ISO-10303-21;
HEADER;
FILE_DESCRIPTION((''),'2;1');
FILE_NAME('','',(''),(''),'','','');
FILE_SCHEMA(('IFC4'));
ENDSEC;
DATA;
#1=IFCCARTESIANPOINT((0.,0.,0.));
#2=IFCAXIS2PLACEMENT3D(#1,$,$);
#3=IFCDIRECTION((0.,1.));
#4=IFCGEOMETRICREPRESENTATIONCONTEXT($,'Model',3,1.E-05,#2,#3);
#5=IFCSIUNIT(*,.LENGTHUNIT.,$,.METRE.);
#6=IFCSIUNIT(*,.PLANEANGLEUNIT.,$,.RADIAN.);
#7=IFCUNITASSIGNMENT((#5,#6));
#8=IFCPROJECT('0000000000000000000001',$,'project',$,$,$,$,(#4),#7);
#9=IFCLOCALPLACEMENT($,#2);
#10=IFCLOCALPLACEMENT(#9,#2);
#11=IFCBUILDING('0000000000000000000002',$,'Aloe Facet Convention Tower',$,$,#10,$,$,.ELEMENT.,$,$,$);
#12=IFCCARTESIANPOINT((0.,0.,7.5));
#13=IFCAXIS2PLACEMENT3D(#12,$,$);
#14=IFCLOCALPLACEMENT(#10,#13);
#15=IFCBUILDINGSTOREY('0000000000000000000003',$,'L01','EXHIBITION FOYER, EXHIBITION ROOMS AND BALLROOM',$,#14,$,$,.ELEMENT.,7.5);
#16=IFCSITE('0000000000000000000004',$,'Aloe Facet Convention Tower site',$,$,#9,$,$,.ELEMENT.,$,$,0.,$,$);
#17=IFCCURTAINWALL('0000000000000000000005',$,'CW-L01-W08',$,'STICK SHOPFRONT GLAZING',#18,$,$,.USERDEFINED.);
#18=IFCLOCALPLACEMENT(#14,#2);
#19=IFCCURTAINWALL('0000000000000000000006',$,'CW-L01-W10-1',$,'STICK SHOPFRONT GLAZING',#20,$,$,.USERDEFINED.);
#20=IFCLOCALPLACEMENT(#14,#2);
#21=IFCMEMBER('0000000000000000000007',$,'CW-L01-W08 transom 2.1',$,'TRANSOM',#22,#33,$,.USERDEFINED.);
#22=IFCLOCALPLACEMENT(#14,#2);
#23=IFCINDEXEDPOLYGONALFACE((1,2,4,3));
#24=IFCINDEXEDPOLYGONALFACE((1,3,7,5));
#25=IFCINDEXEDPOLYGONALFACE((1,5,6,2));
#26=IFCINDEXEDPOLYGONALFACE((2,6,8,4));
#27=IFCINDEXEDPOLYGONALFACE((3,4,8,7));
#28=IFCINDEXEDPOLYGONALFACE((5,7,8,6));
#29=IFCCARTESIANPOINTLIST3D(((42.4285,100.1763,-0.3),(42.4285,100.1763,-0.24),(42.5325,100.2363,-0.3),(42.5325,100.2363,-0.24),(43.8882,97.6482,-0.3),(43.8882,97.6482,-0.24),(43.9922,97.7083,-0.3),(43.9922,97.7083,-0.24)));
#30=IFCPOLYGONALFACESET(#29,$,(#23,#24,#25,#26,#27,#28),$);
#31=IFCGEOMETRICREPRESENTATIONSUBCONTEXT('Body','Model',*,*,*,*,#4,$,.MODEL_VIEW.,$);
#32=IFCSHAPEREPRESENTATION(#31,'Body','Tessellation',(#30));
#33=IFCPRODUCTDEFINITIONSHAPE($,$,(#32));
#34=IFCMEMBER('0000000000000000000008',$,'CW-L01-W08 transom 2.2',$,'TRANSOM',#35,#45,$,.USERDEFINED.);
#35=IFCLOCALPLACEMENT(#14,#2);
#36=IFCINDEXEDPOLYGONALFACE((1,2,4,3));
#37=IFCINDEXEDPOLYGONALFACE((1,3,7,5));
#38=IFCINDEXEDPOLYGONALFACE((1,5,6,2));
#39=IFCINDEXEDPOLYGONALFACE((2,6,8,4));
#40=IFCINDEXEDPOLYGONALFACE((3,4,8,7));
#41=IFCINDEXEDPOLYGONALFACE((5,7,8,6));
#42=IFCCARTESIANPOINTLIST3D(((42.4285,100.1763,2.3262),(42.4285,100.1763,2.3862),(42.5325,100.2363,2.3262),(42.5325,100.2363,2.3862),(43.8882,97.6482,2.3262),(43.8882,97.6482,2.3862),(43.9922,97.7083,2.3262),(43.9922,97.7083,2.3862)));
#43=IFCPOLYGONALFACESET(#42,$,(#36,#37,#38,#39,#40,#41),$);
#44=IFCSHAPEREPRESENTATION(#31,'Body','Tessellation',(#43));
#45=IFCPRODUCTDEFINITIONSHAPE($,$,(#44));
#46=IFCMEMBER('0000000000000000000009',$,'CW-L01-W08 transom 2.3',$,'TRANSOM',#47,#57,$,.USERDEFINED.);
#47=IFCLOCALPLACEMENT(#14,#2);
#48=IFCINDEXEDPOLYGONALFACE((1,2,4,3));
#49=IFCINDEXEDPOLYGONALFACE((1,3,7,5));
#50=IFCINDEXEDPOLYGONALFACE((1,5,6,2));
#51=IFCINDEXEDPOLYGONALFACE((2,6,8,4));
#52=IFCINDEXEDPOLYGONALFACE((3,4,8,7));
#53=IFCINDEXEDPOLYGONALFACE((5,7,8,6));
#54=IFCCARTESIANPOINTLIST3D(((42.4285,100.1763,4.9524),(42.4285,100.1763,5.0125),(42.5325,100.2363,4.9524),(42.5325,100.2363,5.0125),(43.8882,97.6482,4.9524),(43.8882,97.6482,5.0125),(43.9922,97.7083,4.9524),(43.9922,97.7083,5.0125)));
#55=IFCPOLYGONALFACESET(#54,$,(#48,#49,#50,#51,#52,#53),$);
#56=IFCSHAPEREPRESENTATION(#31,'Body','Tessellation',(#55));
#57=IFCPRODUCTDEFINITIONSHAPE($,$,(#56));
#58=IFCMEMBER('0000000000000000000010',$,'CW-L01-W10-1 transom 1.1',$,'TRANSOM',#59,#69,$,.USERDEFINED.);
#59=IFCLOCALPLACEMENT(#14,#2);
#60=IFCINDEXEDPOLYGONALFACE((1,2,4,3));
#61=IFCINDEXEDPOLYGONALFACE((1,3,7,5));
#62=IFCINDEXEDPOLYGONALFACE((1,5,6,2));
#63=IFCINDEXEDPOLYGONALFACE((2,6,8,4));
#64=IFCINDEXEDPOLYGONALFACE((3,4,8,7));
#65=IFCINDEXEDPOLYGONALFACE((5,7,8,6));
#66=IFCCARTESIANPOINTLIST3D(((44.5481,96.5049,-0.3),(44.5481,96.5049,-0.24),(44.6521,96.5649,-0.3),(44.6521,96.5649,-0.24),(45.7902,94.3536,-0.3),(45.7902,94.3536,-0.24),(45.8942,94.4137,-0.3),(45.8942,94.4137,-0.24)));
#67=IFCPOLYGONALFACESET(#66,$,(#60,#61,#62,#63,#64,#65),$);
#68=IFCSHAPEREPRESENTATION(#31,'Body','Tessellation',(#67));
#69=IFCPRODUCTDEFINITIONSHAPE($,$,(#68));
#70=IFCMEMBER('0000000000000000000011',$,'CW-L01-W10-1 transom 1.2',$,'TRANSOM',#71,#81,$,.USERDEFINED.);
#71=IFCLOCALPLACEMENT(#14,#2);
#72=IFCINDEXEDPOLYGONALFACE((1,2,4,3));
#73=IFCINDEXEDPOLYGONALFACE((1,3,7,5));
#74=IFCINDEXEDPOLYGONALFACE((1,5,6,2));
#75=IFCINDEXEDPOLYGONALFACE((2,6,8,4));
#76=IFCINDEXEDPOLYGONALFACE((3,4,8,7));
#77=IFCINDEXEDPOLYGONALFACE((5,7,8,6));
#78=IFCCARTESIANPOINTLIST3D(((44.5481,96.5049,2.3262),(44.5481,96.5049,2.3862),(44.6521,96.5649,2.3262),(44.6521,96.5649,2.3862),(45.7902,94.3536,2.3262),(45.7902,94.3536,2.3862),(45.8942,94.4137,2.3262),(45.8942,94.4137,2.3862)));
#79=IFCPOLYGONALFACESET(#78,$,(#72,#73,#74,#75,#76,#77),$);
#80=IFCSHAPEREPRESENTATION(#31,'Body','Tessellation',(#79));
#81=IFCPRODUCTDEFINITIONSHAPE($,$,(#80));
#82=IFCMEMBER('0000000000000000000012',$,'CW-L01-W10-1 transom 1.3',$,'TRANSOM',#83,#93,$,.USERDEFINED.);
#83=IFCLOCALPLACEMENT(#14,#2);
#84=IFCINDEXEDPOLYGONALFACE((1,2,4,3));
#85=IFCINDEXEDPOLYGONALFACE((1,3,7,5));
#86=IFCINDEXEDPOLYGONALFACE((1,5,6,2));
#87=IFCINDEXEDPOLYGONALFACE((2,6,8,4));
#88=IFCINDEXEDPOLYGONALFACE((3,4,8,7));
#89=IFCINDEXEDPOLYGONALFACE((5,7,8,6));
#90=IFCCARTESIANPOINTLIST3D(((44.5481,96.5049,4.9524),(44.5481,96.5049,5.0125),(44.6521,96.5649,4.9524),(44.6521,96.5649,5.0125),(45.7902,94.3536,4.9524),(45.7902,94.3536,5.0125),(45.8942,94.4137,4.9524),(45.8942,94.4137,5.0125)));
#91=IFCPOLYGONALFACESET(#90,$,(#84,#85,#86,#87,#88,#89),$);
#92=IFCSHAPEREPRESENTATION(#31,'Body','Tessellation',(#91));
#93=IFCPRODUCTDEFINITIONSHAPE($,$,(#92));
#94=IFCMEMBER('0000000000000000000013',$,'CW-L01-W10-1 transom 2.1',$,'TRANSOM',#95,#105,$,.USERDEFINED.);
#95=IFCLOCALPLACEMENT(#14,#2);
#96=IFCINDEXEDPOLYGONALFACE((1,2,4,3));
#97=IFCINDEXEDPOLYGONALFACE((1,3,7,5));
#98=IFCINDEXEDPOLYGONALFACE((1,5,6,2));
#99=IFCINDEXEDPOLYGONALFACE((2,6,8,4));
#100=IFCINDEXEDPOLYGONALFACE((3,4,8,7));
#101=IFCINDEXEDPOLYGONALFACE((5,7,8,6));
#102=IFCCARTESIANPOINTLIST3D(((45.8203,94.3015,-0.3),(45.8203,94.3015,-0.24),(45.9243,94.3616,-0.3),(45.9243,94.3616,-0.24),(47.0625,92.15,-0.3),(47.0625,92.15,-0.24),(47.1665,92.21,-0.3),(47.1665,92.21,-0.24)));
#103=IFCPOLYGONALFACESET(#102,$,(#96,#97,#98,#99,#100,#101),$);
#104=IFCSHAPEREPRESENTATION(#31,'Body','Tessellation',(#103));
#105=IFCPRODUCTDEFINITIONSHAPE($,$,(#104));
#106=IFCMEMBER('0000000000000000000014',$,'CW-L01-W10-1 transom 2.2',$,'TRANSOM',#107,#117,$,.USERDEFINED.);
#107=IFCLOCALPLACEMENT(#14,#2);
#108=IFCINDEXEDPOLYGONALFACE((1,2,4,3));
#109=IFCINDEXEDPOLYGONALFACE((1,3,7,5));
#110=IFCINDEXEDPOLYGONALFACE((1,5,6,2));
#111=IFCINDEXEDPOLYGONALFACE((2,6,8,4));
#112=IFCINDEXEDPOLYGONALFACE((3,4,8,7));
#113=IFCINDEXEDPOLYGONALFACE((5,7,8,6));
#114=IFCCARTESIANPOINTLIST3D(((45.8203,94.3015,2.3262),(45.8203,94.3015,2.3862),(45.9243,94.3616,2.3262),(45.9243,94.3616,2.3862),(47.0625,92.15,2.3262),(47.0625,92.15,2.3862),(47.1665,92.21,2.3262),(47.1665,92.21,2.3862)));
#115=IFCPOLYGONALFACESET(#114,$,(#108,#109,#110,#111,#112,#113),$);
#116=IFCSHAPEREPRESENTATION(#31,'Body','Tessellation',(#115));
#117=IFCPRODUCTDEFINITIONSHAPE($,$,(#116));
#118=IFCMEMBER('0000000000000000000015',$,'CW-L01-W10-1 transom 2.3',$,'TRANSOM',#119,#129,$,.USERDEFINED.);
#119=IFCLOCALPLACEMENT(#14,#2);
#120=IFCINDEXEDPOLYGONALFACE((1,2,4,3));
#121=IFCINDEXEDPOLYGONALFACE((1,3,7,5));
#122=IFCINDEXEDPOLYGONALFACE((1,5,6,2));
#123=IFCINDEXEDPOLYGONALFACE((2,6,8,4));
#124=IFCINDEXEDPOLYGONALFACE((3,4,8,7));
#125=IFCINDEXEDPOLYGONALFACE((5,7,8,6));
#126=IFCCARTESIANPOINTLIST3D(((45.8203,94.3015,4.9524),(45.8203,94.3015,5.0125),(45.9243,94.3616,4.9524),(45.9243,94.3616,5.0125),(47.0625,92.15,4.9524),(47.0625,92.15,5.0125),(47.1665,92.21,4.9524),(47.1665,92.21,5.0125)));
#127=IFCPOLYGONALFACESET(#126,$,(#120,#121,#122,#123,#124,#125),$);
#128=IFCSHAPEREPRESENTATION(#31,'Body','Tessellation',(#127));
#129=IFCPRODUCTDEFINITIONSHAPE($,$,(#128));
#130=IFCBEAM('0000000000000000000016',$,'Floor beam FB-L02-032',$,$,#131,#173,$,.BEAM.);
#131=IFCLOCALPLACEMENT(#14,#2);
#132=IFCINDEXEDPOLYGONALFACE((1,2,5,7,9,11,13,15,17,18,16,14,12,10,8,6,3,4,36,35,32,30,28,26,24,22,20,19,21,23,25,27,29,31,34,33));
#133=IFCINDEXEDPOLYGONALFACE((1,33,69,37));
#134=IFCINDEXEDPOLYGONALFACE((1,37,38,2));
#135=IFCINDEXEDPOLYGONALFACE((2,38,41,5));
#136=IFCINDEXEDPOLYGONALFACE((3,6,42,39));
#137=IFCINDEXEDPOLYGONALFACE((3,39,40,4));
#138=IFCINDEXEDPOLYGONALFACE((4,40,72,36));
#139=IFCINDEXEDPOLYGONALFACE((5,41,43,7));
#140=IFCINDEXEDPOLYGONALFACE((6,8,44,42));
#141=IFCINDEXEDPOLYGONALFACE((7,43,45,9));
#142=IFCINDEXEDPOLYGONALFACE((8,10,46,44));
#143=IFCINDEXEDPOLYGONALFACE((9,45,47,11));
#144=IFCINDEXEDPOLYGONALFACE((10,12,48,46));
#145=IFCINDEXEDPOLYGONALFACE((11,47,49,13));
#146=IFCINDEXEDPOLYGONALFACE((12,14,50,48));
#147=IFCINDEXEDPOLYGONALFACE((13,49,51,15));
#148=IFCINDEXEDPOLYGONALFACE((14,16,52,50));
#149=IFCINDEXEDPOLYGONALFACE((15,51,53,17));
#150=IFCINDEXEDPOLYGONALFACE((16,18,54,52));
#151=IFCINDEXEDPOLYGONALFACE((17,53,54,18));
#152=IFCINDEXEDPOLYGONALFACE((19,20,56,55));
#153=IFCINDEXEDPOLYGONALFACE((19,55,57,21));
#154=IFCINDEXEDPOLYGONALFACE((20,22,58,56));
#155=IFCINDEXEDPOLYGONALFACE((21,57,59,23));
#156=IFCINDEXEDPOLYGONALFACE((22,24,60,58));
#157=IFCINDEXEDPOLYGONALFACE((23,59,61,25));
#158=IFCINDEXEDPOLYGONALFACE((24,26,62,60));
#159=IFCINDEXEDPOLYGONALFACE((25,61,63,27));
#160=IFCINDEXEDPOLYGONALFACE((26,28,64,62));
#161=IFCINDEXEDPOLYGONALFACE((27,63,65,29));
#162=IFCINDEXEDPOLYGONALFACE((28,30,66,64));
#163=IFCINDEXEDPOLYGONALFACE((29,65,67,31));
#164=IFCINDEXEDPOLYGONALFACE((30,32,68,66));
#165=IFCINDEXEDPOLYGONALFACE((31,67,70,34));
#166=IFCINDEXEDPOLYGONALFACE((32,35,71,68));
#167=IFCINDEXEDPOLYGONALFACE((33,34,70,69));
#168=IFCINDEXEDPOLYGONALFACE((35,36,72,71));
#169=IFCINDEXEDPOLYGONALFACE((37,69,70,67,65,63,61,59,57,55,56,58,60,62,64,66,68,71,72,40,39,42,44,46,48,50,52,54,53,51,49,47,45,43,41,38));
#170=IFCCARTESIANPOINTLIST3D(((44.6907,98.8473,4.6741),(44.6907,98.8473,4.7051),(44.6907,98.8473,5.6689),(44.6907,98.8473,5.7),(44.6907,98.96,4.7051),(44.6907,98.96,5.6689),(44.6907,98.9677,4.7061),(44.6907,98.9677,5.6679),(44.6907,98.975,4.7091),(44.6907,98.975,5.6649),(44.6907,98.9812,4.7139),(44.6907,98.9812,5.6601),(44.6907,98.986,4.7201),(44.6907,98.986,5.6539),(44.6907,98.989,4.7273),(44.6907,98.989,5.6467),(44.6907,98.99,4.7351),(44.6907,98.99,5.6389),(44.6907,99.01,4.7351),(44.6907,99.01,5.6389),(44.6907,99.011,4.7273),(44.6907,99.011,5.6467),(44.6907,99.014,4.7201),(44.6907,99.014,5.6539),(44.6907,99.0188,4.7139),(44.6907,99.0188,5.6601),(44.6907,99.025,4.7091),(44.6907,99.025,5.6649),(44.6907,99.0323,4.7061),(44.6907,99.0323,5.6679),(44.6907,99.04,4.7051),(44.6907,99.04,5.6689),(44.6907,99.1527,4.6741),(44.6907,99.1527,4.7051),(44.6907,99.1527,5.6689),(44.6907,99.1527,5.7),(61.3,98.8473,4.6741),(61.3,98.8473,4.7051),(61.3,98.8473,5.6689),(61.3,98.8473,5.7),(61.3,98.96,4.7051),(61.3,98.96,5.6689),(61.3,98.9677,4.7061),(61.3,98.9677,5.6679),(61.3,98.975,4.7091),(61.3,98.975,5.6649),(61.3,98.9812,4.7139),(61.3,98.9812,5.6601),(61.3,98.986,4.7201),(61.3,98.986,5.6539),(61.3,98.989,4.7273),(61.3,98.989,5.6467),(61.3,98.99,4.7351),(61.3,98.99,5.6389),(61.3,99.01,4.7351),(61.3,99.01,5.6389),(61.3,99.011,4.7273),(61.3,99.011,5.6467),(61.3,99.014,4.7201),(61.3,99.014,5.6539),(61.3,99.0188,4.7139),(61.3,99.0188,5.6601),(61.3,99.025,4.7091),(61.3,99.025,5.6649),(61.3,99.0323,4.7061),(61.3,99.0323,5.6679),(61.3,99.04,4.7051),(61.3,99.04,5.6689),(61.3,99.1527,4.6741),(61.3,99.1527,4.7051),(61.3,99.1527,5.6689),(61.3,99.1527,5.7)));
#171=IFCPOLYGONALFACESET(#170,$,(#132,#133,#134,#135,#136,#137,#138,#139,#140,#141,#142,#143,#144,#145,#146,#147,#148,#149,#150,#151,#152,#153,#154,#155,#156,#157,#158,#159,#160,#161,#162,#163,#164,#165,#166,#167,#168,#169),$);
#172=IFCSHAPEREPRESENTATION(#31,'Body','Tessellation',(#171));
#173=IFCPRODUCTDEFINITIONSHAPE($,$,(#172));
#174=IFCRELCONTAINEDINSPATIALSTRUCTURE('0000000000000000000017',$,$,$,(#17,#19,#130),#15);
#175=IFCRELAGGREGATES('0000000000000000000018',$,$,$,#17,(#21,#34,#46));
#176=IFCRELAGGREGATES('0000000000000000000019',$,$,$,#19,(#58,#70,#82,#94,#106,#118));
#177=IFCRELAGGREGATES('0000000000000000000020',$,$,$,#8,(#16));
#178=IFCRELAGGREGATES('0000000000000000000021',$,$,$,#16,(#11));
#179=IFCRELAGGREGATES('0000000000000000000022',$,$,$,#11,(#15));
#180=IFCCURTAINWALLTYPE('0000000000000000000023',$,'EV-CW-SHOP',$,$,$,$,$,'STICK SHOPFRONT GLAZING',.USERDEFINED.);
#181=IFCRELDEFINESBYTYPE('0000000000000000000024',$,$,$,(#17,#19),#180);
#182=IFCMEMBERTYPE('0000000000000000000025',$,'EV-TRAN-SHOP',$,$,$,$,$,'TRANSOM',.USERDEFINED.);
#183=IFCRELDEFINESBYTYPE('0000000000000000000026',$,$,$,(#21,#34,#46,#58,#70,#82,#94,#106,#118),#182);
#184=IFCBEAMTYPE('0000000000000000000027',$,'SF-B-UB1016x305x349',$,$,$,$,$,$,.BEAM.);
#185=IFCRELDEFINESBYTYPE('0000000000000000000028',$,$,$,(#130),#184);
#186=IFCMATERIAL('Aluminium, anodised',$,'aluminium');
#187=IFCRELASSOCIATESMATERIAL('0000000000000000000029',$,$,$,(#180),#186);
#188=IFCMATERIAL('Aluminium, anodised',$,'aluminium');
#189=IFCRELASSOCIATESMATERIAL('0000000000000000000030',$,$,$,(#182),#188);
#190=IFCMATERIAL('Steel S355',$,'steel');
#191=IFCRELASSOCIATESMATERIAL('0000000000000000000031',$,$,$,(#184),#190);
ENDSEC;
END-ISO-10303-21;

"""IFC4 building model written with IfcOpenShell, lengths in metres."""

from ifc_helpers import new_model, si_unit, direction, frame, origin, origin_2d, place, context, subcontext, project, spatial, rectangle, i_section, extrude, material, material_profile, profile_set, type_object, element, aggregate, save


model = new_model("IFC4")

# Units and contexts
model_context = context("Model", 3, precision=1e-05, world=origin(), true_north=direction((0.0, 1.0)))
body_context = subcontext(model_context, "Body", "Model", "MODEL_VIEW")
ifc_project = project(units=[si_unit("LENGTHUNIT", "METRE"), si_unit("PLANEANGLEUNIT", "RADIAN")], contexts=[model_context])

# Site, building, storey
site_placement = place(None, origin())
site = spatial("IfcSite", under=ifc_project, at=site_placement, Name="Aloe Facet Convention Tower site", CompositionType="ELEMENT", RefElevation=0.0)
building_placement = place(site_placement, origin())
building = spatial("IfcBuilding", under=site, at=building_placement, Name="Aloe Facet Convention Tower", CompositionType="ELEMENT")
storey_placement = place(building_placement, frame((0.0, 0.0, 7.5)))
storey = spatial("IfcBuildingStorey", under=building, at=storey_placement, Name="L01", Description="EXHIBITION FOYER, EXHIBITION ROOMS AND BALLROOM", CompositionType="ELEMENT", Elevation=7.5)

# Curtain walls
ifc_material_1 = material(Name="Aluminium, anodised", Category="aluminium")
curtain_wall_type = type_object("IfcCurtainWallType", Name="EV-CW-SHOP", ElementType="STICK SHOPFRONT GLAZING", PredefinedType="USERDEFINED", material=ifc_material_1)
curtain_wall_1_placement = place(storey_placement, origin())
curtain_wall_1 = element("IfcCurtainWall", 1, at=curtain_wall_1_placement, inside=storey, type_object=curtain_wall_type, Name="CW-L01-W08", ObjectType="STICK SHOPFRONT GLAZING", PredefinedType="USERDEFINED")
curtain_wall_2_placement = place(storey_placement, origin())
curtain_wall_2 = element("IfcCurtainWall", 2, at=curtain_wall_2_placement, inside=storey, type_object=curtain_wall_type, Name="CW-L01-W10-1", ObjectType="STICK SHOPFRONT GLAZING", PredefinedType="USERDEFINED")

# Members
ifc_material_2 = material(Name="Aluminium, anodised", Category="aluminium")
ifc_material_profile_1 = material_profile(ifc_material_2, rectangle(XDim=0.1201, YDim=0.0601, at=origin_2d()), Name="AL 120x60")
ifc_profile_set_1 = profile_set([ifc_material_profile_1], Name="Aluminium, anodised")
member_type_1 = type_object("IfcMemberType", Name="EV-TRAN-SHOP", ElementType="TRANSOM", PredefinedType="USERDEFINED", material=ifc_profile_set_1)
member_1_placement = place(storey_placement, frame((42.4805, 100.2063, -0.27), z_axis=(0.500034, -0.866006, 0.0), x_axis=(0.866006, 0.500034, 0.0)))
member_1 = element("IfcMember", 3, at=member_1_placement, type_object=member_type_1, Name="CW-L01-W08 transom 2.1", ObjectType="TRANSOM", PredefinedType="USERDEFINED", context=body_context, shape_type="SweptSolid", body=[
    extrude(rectangle(XDim=0.1201, YDim=0.0601, at=origin_2d()), origin(), (0.0, 0.0, 1.0), 2.9192),
])
member_2_placement = place(storey_placement, frame((42.4805, 100.2063, 2.3562), z_axis=(0.500034, -0.866006, 0.0), x_axis=(0.866006, 0.500034, 0.0)))
member_2 = element("IfcMember", 4, at=member_2_placement, type_object=member_type_1, Name="CW-L01-W08 transom 2.2", ObjectType="TRANSOM", PredefinedType="USERDEFINED", context=body_context, shape_type="SweptSolid", body=[
    extrude(rectangle(XDim=0.1201, YDim=0.0601, at=origin_2d()), origin(), (0.0, 0.0, 1.0), 2.9192),
])
member_3_placement = place(storey_placement, frame((42.4805, 100.2063, 4.9824), z_axis=(0.500034, -0.866006, 0.0), x_axis=(0.866006, 0.500034, 0.0)))
member_3 = element("IfcMember", 5, at=member_3_placement, type_object=member_type_1, Name="CW-L01-W08 transom 2.3", ObjectType="TRANSOM", PredefinedType="USERDEFINED", context=body_context, shape_type="SweptSolid", body=[
    extrude(rectangle(XDim=0.1201, YDim=0.0601, at=origin_2d()), origin(), (0.0, 0.0, 1.0), 2.9192),
])
member_4_placement = place(storey_placement, frame((44.6001, 96.5349, -0.27), z_axis=(0.500029, -0.866009, 0.0), x_axis=(0.866009, 0.500029, 0.0)))
member_4 = element("IfcMember", 6, at=member_4_placement, type_object=member_type_1, Name="CW-L01-W10-1 transom 1.1", ObjectType="TRANSOM", PredefinedType="USERDEFINED", context=body_context, shape_type="SweptSolid", body=[
    extrude(rectangle(XDim=0.1201, YDim=0.0601, at=origin_2d()), origin(), (0.0, 0.0, 1.0), 2.4841),
])
member_5_placement = place(storey_placement, frame((44.6001, 96.5349, 2.3562), z_axis=(0.500029, -0.866009, 0.0), x_axis=(0.866009, 0.500029, 0.0)))
member_5 = element("IfcMember", 7, at=member_5_placement, type_object=member_type_1, Name="CW-L01-W10-1 transom 1.2", ObjectType="TRANSOM", PredefinedType="USERDEFINED", context=body_context, shape_type="SweptSolid", body=[
    extrude(rectangle(XDim=0.1201, YDim=0.0601, at=origin_2d()), origin(), (0.0, 0.0, 1.0), 2.4841),
])
member_6_placement = place(storey_placement, frame((44.6001, 96.5349, 4.9824), z_axis=(0.500029, -0.866009, 0.0), x_axis=(0.866009, 0.500029, 0.0)))
member_6 = element("IfcMember", 8, at=member_6_placement, type_object=member_type_1, Name="CW-L01-W10-1 transom 1.3", ObjectType="TRANSOM", PredefinedType="USERDEFINED", context=body_context, shape_type="SweptSolid", body=[
    extrude(rectangle(XDim=0.1201, YDim=0.0601, at=origin_2d()), origin(), (0.0, 0.0, 1.0), 2.4841),
])
member_7_placement = place(storey_placement, frame((45.8723, 94.3315, -0.27), z_axis=(0.499986, -0.866033, 0.0), x_axis=(0.866033, 0.499986, 0.0)))
member_7 = element("IfcMember", 9, at=member_7_placement, type_object=member_type_1, Name="CW-L01-W10-1 transom 2.1", ObjectType="TRANSOM", PredefinedType="USERDEFINED", context=body_context, shape_type="SweptSolid", body=[
    extrude(rectangle(XDim=0.1201, YDim=0.0601, at=origin_2d()), origin(), (0.0, 0.0, 1.0), 2.4844),
])
member_8_placement = place(storey_placement, frame((45.8723, 94.3315, 2.3562), z_axis=(0.499986, -0.866033, 0.0), x_axis=(0.866033, 0.499986, 0.0)))
member_8 = element("IfcMember", 10, at=member_8_placement, type_object=member_type_1, Name="CW-L01-W10-1 transom 2.2", ObjectType="TRANSOM", PredefinedType="USERDEFINED", context=body_context, shape_type="SweptSolid", body=[
    extrude(rectangle(XDim=0.1201, YDim=0.0601, at=origin_2d()), origin(), (0.0, 0.0, 1.0), 2.4844),
])
member_9_placement = place(storey_placement, frame((45.8723, 94.3315, 4.9824), z_axis=(0.499986, -0.866033, 0.0), x_axis=(0.866033, 0.499986, 0.0)))
member_9 = element("IfcMember", 11, at=member_9_placement, type_object=member_type_1, Name="CW-L01-W10-1 transom 2.3", ObjectType="TRANSOM", PredefinedType="USERDEFINED", context=body_context, shape_type="SweptSolid", body=[
    extrude(rectangle(XDim=0.1201, YDim=0.0601, at=origin_2d()), origin(), (0.0, 0.0, 1.0), 2.4844),
])

# Beam
ifc_material_3 = material(Name="Steel S355", Category="steel")
ifc_material_profile_2 = material_profile(ifc_material_3, i_section(OverallWidth=0.3054, OverallDepth=1.0259, WebThickness=0.02, FlangeThickness=0.031, FilletRadius=0.03, at=origin_2d()), Name="UB 1016x305x349")
ifc_profile_set_2 = profile_set([ifc_material_profile_2], Name="Steel S355")
beam_type_1 = type_object("IfcBeamType", Name="SF-B-UB1016x305x349", PredefinedType="BEAM", material=ifc_profile_set_2)
beam_1_placement = place(storey_placement, frame((44.6907, 99.0, 5.187), z_axis=(1.0, 0.0, 0.0), x_axis=(0.0, 1.0, 0.0)))
element("IfcBeam", 12, at=beam_1_placement, inside=storey, type_object=beam_type_1, Name="Floor beam FB-L02-032", PredefinedType="BEAM", context=body_context, shape_type="SweptSolid", body=[
    extrude(i_section(OverallWidth=0.3054, OverallDepth=1.0259, WebThickness=0.02, FlangeThickness=0.031, FilletRadius=0.03, at=origin_2d()), origin(), (0.0, 0.0, 1.0), 16.6094),
])

aggregate(curtain_wall_1, [member_1, member_2, member_3])
aggregate(curtain_wall_2, [member_4, member_5, member_6, member_7, member_8, member_9])

save(model, "model.ifc")
